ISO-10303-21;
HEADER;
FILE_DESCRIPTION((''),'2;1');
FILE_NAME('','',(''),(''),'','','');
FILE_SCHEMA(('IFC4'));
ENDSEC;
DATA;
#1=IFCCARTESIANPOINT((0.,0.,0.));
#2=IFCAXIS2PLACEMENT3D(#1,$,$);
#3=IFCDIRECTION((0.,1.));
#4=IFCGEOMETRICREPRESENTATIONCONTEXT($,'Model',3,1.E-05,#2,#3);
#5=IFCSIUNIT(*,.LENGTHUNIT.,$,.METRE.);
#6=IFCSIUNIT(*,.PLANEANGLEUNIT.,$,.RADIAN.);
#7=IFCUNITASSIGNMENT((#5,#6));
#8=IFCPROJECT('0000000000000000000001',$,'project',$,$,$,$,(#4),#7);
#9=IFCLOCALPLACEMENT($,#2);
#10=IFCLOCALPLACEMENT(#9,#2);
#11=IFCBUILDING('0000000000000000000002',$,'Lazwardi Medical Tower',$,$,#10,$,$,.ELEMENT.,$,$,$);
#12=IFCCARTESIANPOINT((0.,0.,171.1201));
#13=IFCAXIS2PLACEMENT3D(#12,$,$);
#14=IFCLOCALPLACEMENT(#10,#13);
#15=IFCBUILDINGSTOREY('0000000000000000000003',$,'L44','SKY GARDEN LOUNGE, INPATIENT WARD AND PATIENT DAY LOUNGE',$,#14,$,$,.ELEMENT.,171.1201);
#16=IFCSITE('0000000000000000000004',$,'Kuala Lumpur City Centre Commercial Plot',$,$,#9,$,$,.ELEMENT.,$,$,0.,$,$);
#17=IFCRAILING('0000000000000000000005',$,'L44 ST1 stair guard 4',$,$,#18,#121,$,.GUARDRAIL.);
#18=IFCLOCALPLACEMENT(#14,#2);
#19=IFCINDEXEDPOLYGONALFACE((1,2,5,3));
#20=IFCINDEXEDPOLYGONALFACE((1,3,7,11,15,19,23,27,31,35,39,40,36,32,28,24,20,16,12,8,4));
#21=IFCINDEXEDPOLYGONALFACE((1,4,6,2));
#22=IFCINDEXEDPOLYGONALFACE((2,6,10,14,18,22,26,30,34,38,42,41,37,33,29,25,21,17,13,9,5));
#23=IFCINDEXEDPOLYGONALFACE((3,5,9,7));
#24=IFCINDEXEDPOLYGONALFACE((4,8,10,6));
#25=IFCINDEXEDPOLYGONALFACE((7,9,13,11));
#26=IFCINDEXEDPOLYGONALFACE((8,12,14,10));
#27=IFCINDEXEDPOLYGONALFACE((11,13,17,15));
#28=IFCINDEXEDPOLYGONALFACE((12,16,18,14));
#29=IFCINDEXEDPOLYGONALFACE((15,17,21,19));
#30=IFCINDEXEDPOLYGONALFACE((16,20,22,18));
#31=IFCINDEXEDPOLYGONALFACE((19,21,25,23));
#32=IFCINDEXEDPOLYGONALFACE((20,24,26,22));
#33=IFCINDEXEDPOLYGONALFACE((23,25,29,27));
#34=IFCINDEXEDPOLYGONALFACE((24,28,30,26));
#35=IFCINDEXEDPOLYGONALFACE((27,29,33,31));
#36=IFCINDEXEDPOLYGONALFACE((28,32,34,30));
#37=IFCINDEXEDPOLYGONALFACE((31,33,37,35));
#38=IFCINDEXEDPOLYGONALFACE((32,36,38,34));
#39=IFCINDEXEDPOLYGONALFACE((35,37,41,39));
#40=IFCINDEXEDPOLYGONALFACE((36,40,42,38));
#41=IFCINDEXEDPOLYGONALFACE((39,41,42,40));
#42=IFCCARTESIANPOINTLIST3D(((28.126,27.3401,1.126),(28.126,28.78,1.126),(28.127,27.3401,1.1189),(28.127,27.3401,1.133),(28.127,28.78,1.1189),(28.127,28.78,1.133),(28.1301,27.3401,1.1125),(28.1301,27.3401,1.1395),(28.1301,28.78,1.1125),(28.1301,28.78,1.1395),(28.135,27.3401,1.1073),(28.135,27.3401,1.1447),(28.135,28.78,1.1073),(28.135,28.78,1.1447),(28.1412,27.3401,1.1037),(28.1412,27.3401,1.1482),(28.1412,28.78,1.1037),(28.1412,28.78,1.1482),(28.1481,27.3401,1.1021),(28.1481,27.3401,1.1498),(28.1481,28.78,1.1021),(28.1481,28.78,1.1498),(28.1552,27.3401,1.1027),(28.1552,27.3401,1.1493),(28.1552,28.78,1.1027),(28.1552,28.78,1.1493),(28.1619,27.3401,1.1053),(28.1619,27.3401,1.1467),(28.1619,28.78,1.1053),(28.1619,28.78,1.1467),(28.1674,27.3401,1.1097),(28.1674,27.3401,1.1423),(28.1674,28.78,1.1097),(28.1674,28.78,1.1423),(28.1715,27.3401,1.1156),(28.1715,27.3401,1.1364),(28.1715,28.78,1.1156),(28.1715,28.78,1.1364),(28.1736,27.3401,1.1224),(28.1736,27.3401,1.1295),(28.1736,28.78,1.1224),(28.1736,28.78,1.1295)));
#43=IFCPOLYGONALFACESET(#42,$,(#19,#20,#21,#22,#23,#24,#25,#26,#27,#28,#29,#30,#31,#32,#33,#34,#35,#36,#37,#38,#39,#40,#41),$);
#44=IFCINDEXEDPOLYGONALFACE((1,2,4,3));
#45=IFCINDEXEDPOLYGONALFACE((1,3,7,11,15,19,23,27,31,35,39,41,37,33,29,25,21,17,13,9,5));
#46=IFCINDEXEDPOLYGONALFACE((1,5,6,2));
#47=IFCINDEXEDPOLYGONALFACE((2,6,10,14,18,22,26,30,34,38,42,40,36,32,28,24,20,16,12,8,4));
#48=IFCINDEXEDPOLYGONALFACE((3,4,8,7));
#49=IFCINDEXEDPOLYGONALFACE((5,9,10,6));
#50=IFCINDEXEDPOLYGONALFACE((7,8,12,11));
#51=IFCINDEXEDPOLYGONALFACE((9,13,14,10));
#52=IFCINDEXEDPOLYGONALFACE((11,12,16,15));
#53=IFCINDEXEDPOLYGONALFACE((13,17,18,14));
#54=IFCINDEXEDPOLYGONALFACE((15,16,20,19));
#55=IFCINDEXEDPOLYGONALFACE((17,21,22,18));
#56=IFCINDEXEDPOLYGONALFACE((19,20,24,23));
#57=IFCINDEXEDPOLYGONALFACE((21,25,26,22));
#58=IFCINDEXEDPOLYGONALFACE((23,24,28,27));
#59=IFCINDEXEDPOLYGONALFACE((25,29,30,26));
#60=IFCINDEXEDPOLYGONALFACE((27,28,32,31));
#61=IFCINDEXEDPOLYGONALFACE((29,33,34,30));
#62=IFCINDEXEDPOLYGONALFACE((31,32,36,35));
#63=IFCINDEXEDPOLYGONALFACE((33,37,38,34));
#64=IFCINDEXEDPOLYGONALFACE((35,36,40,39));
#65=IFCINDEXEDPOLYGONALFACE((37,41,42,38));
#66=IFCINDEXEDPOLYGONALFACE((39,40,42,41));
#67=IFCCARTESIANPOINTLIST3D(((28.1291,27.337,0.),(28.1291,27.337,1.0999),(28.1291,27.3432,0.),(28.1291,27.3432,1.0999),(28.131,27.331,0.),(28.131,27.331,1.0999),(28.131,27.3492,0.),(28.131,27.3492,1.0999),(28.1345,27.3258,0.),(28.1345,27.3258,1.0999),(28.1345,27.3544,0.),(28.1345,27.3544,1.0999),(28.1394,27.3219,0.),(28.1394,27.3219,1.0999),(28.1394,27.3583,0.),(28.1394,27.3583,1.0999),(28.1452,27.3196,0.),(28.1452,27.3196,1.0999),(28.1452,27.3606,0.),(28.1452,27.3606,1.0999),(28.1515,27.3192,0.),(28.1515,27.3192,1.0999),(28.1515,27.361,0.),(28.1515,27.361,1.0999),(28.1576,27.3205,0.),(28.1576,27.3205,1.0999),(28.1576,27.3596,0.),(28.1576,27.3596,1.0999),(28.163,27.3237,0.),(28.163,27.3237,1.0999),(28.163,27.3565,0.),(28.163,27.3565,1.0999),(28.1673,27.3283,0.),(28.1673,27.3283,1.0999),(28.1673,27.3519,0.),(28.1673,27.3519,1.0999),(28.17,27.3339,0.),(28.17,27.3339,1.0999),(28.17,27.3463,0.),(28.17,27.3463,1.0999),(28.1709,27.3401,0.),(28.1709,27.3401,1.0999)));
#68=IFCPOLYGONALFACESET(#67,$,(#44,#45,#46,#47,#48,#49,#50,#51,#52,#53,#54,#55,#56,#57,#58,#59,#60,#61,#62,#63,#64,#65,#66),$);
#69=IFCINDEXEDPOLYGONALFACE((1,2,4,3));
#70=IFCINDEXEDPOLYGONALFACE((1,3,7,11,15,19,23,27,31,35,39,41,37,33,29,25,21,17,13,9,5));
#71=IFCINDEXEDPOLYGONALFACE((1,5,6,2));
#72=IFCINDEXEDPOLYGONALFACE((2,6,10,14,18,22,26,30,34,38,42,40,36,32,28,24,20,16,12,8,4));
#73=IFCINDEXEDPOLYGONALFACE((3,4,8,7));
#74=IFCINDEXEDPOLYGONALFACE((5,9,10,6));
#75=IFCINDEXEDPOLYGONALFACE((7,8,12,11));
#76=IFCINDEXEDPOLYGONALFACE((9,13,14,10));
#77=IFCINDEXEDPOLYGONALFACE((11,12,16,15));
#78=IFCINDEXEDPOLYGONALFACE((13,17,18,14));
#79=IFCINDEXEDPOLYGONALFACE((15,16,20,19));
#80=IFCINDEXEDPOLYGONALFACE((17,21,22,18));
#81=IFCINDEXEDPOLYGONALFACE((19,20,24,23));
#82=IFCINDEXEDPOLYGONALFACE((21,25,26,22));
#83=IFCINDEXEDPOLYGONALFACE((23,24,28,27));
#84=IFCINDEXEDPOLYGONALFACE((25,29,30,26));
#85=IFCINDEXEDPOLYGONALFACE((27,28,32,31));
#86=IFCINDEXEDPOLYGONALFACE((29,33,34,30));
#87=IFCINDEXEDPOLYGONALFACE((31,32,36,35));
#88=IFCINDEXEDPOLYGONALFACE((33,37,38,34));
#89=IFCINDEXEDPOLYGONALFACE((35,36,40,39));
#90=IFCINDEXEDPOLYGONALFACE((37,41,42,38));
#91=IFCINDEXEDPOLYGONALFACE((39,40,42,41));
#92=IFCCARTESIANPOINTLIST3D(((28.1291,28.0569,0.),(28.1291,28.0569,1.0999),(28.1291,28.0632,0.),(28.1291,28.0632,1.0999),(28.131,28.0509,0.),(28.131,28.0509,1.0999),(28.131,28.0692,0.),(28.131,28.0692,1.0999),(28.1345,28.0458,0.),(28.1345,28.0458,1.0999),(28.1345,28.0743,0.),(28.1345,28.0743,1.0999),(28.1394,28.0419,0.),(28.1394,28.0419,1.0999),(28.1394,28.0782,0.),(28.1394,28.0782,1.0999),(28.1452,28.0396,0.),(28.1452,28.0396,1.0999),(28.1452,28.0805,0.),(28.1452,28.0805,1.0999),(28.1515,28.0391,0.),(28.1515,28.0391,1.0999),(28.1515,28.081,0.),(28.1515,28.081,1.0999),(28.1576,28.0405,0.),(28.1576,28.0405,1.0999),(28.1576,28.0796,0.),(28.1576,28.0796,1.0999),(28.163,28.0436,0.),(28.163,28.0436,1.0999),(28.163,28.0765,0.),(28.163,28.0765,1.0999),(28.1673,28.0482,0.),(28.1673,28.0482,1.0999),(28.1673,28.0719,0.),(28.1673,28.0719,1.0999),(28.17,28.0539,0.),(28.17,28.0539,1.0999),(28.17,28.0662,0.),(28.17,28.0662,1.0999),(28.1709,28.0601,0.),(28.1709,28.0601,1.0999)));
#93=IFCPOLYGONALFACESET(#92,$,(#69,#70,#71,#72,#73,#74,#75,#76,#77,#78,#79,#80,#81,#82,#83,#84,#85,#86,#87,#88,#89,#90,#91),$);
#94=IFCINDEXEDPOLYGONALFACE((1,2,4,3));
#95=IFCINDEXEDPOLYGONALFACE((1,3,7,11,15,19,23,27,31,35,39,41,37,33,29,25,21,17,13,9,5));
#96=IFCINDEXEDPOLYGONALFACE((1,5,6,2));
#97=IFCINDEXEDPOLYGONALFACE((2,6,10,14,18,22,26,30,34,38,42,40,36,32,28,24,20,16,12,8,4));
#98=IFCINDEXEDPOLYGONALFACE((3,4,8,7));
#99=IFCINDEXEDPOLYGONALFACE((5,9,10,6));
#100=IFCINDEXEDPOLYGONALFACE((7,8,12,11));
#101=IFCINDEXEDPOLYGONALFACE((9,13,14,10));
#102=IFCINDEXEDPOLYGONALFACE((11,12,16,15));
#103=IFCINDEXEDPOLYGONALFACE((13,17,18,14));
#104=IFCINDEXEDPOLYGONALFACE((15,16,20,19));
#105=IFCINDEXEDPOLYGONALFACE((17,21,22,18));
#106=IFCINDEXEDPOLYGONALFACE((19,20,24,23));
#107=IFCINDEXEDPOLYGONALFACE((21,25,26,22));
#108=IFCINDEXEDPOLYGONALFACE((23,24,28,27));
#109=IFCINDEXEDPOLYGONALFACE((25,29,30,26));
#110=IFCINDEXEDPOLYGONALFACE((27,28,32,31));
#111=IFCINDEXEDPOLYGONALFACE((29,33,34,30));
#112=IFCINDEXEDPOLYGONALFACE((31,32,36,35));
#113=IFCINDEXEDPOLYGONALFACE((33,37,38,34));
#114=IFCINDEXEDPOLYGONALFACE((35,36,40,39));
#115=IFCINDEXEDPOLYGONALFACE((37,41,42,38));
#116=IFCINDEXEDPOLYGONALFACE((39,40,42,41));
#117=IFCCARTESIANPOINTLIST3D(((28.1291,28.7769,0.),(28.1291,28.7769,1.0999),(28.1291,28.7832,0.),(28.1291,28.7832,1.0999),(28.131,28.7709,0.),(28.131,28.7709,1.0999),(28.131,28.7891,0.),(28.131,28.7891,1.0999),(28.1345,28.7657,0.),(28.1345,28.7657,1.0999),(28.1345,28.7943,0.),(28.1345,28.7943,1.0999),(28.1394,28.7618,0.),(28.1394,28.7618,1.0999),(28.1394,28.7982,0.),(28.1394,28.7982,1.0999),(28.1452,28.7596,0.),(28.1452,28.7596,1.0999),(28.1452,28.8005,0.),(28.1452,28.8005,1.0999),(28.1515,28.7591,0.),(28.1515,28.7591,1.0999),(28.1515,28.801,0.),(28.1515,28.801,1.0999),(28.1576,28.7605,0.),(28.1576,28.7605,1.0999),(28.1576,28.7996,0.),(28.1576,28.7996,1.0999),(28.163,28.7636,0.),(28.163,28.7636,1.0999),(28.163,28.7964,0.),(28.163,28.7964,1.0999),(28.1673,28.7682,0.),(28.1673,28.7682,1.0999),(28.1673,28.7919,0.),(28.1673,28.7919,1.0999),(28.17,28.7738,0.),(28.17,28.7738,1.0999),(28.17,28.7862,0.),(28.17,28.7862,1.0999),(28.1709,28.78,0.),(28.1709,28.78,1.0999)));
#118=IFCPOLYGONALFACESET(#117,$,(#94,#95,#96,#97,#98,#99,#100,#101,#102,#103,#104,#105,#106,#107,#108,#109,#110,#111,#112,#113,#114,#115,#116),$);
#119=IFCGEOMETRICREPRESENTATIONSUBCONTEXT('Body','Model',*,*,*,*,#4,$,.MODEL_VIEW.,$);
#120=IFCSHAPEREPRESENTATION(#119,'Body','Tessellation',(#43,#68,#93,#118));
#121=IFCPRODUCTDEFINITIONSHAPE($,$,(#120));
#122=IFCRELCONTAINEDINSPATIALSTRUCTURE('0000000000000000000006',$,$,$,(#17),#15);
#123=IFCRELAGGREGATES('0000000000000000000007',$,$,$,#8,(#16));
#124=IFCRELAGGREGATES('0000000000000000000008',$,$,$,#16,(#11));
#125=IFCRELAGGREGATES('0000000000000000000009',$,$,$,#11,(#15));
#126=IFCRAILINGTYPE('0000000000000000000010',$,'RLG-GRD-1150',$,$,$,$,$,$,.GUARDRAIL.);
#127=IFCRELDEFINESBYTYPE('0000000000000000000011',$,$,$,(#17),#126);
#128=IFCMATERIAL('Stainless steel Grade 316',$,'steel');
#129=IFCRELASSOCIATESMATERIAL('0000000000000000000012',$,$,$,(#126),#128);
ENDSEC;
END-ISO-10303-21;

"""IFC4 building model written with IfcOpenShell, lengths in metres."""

from ifc_helpers import new_model, si_unit, direction, frame, origin, origin_2d, place, context, subcontext, project, spatial, circle, extrude, material, type_object, element, save


model = new_model("IFC4")

# Units and contexts
model_context = context("Model", 3, precision=1e-05, world=origin(), true_north=direction((0.0, 1.0)))
body_context = subcontext(model_context, "Body", "Model", "MODEL_VIEW")
ifc_project = project(units=[si_unit("LENGTHUNIT", "METRE"), si_unit("PLANEANGLEUNIT", "RADIAN")], contexts=[model_context])

# Site, building, storey
site_placement = place(None, origin())
site = spatial("IfcSite", under=ifc_project, at=site_placement, Name="Kuala Lumpur City Centre Commercial Plot", CompositionType="ELEMENT", RefElevation=0.0)
building_placement = place(site_placement, origin())
building = spatial("IfcBuilding", under=site, at=building_placement, Name="Lazwardi Medical Tower", CompositionType="ELEMENT")
storey_placement = place(building_placement, frame((0.0, 0.0, 171.1201)))
storey = spatial("IfcBuildingStorey", under=building, at=storey_placement, Name="L44", Description="SKY GARDEN LOUNGE, INPATIENT WARD AND PATIENT DAY LOUNGE", CompositionType="ELEMENT", Elevation=171.1201)

# Railing
ifc_material_1 = material(Name="Stainless steel Grade 316", Category="steel")
railing_type_1 = type_object("IfcRailingType", Name="RLG-GRD-1150", PredefinedType="GUARDRAIL", material=ifc_material_1)
railing_1_placement = place(storey_placement, frame((28.1499, 27.3401, 0.0)))
element("IfcRailing", 1, at=railing_1_placement, inside=storey, type_object=railing_type_1, Name="L44 ST1 stair guard 4", PredefinedType="GUARDRAIL", context=body_context, shape_type="SweptSolid", body=[
    extrude(circle(Radius=0.0239, at=origin_2d()), frame((0.0, 0.0, 1.126), z_axis=(0.0, 1.0, 0.0), x_axis=(-1.0, 0.0, 0.0)), (0.0, 0.0, 1.0), 1.4399),
    extrude(circle(Radius=0.021, at=origin_2d()), origin(), (0.0, 0.0, 1.0), 1.0999),
    extrude(circle(Radius=0.021, at=origin_2d()), frame((0.0, 0.72, 0.0)), (0.0, 0.0, 1.0), 1.0999),
    extrude(circle(Radius=0.021, at=origin_2d()), frame((0.0, 1.4399, 0.0)), (0.0, 0.0, 1.0), 1.0999),
])

save(model, "model.ifc")
